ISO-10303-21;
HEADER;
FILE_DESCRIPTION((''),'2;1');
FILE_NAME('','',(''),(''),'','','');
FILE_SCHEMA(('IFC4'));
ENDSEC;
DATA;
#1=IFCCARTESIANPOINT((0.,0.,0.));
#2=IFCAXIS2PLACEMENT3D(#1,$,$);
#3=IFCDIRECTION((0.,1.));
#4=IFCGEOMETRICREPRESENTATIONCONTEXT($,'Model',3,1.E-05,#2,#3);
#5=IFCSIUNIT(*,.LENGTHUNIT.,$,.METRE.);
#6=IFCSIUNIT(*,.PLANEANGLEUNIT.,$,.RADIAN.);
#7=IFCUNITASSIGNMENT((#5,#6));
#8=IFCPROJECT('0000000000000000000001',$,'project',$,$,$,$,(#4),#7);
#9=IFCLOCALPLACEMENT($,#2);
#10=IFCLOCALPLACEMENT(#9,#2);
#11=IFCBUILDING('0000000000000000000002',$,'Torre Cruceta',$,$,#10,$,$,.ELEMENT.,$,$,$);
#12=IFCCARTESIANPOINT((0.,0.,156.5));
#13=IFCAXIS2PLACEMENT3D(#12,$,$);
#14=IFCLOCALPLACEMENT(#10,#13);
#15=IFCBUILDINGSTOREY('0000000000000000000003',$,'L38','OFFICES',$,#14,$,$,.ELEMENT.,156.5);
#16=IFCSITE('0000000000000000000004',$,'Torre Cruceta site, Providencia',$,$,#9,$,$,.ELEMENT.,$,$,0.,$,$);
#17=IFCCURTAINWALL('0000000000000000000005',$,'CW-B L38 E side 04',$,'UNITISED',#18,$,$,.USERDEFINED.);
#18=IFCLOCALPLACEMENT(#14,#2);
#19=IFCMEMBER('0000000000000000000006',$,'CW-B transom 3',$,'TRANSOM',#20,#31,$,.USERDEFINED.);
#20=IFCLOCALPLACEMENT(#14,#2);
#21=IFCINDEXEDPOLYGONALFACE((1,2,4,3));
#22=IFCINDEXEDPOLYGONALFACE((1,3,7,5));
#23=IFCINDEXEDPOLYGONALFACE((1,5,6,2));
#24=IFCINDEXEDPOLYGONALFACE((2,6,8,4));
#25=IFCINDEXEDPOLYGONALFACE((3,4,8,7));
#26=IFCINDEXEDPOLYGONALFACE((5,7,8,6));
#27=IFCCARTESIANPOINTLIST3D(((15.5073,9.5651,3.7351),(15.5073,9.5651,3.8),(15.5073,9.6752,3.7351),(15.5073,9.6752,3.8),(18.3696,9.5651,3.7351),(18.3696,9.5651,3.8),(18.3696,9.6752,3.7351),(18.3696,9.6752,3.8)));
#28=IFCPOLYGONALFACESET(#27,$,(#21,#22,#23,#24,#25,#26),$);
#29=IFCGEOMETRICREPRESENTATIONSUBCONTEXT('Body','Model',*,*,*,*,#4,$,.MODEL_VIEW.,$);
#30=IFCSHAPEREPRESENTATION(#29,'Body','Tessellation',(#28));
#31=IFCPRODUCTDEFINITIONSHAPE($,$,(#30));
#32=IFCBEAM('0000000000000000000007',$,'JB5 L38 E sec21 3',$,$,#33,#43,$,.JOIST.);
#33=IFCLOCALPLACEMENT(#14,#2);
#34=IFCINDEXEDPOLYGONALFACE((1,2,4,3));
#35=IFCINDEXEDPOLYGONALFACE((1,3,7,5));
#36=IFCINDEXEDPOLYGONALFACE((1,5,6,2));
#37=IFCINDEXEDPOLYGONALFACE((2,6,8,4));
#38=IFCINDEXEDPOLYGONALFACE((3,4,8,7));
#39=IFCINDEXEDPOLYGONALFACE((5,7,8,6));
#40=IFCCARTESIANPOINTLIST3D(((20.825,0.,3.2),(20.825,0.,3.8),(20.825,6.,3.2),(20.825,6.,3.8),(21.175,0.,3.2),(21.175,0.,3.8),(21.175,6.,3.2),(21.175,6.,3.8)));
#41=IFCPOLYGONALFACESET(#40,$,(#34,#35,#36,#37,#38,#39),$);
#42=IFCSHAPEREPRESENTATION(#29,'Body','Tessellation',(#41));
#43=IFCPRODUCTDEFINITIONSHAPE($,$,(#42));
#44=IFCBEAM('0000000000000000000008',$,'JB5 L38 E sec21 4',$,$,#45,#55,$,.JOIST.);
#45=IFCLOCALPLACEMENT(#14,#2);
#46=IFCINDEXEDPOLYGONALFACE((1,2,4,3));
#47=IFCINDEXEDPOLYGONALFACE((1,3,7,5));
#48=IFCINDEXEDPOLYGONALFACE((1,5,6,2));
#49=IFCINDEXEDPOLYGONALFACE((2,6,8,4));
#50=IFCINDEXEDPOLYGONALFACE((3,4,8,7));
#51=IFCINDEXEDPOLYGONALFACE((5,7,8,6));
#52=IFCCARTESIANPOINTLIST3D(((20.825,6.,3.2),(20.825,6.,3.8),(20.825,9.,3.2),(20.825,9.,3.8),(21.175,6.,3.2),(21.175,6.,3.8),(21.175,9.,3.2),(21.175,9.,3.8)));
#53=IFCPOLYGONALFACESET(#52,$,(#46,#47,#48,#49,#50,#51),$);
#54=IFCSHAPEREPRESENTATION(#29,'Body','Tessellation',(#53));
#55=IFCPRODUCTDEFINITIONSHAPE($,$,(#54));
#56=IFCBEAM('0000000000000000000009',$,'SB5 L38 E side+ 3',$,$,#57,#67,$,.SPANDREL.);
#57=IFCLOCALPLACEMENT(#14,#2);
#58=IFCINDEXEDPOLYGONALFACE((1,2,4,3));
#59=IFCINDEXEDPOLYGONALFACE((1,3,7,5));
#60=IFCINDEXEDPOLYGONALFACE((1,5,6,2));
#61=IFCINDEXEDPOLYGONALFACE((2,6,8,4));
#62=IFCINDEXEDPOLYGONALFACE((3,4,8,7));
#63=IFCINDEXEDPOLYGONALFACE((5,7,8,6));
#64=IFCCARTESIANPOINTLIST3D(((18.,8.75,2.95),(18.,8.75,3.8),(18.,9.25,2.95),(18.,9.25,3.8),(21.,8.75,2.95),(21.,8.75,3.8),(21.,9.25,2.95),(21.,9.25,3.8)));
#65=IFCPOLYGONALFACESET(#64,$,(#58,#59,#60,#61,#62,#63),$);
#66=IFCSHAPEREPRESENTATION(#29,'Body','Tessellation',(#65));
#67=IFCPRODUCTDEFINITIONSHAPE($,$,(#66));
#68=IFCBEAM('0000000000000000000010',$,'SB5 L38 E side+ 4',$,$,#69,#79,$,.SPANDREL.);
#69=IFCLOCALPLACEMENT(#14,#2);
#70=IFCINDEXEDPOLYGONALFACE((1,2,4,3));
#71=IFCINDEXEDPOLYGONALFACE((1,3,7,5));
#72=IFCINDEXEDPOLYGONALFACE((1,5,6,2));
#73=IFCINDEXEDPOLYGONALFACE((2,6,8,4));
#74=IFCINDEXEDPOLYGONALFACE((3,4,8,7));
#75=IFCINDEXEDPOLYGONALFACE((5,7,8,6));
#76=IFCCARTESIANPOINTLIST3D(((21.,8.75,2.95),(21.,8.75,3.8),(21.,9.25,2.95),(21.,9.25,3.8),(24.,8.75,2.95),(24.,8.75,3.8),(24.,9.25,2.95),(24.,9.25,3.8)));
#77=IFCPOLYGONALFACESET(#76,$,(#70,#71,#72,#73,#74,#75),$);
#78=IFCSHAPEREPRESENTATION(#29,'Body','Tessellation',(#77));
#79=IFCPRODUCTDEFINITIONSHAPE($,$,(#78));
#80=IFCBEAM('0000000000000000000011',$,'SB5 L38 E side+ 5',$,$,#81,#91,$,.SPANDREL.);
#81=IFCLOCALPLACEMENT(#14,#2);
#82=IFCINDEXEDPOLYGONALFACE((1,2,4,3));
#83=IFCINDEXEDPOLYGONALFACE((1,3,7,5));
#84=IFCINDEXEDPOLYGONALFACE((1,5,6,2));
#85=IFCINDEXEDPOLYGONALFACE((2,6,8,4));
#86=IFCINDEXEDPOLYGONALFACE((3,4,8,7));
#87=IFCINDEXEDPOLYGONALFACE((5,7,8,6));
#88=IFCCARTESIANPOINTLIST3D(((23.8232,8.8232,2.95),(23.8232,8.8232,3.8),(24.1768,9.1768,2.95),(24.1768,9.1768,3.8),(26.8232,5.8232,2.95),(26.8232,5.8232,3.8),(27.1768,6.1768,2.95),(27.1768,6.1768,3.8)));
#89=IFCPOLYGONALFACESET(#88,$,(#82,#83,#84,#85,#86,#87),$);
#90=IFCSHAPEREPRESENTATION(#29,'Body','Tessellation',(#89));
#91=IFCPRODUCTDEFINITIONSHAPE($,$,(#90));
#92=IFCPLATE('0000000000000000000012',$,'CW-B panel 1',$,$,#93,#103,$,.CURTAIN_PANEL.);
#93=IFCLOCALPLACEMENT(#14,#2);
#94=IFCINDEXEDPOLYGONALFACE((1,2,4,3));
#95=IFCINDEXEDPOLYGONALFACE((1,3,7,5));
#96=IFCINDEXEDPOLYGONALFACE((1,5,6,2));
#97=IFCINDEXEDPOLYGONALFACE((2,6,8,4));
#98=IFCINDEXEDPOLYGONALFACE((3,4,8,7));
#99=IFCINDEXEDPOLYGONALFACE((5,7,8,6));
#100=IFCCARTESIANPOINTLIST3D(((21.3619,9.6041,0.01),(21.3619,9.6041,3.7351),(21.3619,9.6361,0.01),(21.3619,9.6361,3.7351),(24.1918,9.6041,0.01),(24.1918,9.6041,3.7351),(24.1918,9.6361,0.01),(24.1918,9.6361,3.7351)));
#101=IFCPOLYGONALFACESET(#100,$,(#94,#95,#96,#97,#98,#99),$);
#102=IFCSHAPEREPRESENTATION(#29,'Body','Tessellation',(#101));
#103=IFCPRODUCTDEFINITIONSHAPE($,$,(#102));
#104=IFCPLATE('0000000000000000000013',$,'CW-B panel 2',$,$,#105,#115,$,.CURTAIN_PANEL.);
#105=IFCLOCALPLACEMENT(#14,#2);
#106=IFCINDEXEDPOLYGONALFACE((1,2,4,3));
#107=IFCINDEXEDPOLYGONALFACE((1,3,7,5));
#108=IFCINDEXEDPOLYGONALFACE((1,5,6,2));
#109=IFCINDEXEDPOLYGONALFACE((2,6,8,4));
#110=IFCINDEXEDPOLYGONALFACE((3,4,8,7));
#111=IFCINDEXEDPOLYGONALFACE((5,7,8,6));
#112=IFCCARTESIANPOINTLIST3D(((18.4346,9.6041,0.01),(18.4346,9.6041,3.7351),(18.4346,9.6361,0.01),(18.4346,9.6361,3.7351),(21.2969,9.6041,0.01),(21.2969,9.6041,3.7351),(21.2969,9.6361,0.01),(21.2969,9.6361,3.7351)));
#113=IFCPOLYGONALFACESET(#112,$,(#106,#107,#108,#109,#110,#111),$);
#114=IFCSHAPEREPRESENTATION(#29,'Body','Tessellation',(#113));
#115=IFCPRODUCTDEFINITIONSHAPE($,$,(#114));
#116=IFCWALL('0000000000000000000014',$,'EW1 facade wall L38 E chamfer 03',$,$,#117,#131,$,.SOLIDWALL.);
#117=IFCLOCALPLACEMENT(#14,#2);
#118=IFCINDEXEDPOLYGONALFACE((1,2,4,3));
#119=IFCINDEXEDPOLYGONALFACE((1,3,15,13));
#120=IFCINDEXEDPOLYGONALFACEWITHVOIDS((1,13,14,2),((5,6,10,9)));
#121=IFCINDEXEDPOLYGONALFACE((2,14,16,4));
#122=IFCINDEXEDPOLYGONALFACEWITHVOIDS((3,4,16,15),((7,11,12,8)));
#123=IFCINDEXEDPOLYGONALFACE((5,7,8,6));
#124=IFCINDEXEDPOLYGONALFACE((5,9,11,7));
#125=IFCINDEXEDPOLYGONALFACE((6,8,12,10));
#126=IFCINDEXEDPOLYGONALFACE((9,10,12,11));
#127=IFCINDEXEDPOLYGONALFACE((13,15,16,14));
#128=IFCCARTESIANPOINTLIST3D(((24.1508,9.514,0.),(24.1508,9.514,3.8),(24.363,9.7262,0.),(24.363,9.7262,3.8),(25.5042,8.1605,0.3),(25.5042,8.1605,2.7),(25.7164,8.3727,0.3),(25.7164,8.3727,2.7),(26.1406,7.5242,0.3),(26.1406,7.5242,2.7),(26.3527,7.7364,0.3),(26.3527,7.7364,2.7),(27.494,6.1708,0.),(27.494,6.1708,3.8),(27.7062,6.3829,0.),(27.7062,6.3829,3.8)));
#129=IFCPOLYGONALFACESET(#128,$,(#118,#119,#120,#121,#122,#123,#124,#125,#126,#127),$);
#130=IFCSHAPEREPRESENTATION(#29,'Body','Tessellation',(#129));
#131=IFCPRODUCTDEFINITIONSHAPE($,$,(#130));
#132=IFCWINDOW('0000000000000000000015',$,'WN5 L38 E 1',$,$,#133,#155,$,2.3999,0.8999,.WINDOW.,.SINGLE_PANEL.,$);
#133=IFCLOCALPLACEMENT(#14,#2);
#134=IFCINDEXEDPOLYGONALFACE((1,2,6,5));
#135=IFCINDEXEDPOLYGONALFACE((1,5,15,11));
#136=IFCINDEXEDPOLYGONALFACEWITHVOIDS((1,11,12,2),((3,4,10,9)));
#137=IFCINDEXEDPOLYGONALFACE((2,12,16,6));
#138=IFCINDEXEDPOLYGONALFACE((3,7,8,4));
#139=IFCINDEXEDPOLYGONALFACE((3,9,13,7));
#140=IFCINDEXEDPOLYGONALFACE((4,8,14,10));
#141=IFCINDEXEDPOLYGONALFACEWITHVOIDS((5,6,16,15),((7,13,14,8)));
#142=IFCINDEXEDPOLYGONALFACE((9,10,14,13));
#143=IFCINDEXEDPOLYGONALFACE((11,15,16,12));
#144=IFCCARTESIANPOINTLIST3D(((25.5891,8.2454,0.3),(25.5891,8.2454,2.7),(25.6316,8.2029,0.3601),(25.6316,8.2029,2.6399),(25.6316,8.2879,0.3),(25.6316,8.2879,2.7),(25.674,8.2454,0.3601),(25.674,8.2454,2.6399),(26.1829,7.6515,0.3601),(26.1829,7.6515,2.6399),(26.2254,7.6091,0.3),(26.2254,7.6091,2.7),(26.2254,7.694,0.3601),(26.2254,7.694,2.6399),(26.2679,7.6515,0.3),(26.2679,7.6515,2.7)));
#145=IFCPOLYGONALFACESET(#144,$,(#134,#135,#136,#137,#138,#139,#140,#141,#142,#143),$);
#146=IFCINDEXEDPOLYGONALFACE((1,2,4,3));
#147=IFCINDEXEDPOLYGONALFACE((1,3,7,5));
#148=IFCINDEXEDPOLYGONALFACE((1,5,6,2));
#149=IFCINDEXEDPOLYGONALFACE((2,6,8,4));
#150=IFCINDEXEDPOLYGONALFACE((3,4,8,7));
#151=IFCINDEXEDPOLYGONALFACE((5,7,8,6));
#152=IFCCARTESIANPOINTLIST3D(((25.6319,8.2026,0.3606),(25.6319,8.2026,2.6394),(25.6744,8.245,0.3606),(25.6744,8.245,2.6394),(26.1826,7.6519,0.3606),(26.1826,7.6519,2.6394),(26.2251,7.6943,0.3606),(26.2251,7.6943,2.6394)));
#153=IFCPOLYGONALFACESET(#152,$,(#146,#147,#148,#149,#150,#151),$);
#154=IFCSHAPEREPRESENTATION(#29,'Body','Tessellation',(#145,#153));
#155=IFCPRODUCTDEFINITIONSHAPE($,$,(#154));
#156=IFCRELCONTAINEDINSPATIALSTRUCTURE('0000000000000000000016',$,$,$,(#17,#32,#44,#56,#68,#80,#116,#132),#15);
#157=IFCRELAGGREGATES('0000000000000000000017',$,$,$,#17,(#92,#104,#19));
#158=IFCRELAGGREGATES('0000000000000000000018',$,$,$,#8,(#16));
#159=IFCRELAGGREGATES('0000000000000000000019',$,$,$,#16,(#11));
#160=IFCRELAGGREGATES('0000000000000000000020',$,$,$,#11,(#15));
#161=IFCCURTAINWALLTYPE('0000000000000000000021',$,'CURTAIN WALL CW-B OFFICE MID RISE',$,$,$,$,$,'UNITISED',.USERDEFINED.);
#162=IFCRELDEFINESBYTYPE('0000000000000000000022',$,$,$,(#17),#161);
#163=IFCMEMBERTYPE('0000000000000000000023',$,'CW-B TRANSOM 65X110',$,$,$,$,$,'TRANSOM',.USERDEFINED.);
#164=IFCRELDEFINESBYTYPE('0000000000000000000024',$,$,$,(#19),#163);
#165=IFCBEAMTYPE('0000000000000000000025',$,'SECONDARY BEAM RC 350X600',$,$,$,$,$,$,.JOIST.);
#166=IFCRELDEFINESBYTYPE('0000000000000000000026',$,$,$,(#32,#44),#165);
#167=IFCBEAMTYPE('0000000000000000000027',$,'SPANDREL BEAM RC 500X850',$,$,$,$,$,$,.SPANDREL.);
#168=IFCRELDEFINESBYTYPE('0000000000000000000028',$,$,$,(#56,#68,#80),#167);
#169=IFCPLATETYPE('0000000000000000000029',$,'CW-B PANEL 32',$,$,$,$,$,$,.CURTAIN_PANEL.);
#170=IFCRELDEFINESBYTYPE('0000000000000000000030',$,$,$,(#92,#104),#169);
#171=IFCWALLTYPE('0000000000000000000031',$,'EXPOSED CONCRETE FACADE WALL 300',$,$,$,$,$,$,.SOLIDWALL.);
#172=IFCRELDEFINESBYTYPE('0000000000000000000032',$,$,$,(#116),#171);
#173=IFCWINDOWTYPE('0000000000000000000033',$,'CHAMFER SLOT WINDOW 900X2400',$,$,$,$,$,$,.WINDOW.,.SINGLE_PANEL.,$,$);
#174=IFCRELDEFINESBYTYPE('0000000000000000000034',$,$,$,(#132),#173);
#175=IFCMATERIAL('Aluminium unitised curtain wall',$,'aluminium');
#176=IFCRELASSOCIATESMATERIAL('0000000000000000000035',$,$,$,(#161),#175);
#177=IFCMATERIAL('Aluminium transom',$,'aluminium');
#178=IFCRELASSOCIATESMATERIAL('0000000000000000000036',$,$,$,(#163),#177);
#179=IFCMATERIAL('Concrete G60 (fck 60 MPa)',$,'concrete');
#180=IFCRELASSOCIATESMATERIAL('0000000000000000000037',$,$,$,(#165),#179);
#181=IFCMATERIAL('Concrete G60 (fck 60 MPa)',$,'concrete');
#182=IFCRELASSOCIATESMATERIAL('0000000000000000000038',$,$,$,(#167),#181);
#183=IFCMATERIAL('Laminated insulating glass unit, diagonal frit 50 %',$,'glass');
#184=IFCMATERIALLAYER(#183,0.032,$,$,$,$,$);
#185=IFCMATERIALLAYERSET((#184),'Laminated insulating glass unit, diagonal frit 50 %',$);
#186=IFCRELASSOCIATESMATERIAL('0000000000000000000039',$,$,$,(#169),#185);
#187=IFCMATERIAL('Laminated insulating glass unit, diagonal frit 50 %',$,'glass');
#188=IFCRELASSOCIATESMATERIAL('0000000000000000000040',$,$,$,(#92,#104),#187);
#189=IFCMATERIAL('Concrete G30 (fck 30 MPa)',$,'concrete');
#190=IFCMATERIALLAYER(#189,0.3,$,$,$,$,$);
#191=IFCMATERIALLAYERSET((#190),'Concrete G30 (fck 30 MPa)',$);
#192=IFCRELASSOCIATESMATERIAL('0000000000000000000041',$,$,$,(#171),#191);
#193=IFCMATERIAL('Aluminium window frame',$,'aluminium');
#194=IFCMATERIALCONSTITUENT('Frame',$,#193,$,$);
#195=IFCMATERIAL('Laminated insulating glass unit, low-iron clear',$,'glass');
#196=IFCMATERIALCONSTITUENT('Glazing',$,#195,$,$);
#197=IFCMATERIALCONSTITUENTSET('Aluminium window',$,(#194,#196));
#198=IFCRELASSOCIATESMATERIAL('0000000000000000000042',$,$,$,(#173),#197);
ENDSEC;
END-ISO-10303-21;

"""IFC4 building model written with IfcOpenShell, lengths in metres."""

from ifc_helpers import new_model, si_unit, direction, frame, frame_2d, origin, origin_2d, place, context, subcontext, project, spatial, rectangle, hollow_rectangle, extrude, material, layer, layer_set, constituent, constituent_set, material_profile, profile_set, type_object, element, fill, aggregate, save


model = new_model("IFC4")

# Units and contexts
model_context = context("Model", 3, precision=1e-05, world=origin(), true_north=direction((0.0, 1.0)))
body_context = subcontext(model_context, "Body", "Model", "MODEL_VIEW")
ifc_project = project(units=[si_unit("LENGTHUNIT", "METRE"), si_unit("PLANEANGLEUNIT", "RADIAN")], contexts=[model_context])

# Site, building, storey
site_placement = place(None, origin())
site = spatial("IfcSite", under=ifc_project, at=site_placement, Name="Torre Cruceta site, Providencia", CompositionType="ELEMENT", RefElevation=0.0)
building_placement = place(site_placement, origin())
building = spatial("IfcBuilding", under=site, at=building_placement, Name="Torre Cruceta", CompositionType="ELEMENT")
storey_placement = place(building_placement, frame((0.0, 0.0, 156.5)))
storey = spatial("IfcBuildingStorey", under=building, at=storey_placement, Name="L38", Description="OFFICES", CompositionType="ELEMENT", Elevation=156.5)

# Curtain wall, member
ifc_material_1 = material(Name="Aluminium unitised curtain wall", Category="aluminium")
curtain_wall_type = type_object("IfcCurtainWallType", Name="CURTAIN WALL CW-B OFFICE MID RISE", ElementType="UNITISED", PredefinedType="USERDEFINED", material=ifc_material_1)
curtain_wall_placement = place(storey_placement, origin())
curtain_wall = element("IfcCurtainWall", 1, at=curtain_wall_placement, inside=storey, type_object=curtain_wall_type, Name="CW-B L38 E side 04", ObjectType="UNITISED", PredefinedType="USERDEFINED")
ifc_material_2 = material(Name="Aluminium transom", Category="aluminium")
ifc_material_profile_1 = material_profile(ifc_material_2, rectangle(XDim=0.1101, YDim=0.0649, at=origin_2d()), Name="AL 110X65")
ifc_profile_set_1 = profile_set([ifc_material_profile_1], Name="Aluminium transom")
member_type_1 = type_object("IfcMemberType", Name="CW-B TRANSOM 65X110", ElementType="TRANSOM", PredefinedType="USERDEFINED", material=ifc_profile_set_1)
member_1_placement = place(storey_placement, frame((18.3696, 9.6201, 3.7676), z_axis=(-1.0, 0.0, 0.0), x_axis=(0.0, -1.0, 0.0)))
member_1 = element("IfcMember", 2, at=member_1_placement, type_object=member_type_1, Name="CW-B transom 3", ObjectType="TRANSOM", PredefinedType="USERDEFINED", context=body_context, shape_type="SweptSolid", body=[
    extrude(rectangle(XDim=0.1101, YDim=0.0649, at=origin_2d()), origin(), (0.0, 0.0, 1.0), 2.8623),
])

# Beams
ifc_material_3 = material(Name="Concrete G60 (fck 60 MPa)", Category="concrete")
ifc_material_profile_2 = material_profile(ifc_material_3, rectangle(XDim=0.3501, YDim=0.6001, at=origin_2d()), Name="RC 350X600")
ifc_profile_set_2 = profile_set([ifc_material_profile_2], Name="Concrete G60 (fck 60 MPa)")
beam_type_1 = type_object("IfcBeamType", Name="SECONDARY BEAM RC 350X600", PredefinedType="JOIST", material=ifc_profile_set_2)
beam_1_placement = place(storey_placement, frame((21.0, 0.0, 3.5), z_axis=(0.0, 1.0, 0.0), x_axis=(-1.0, 0.0, 0.0)))
element("IfcBeam", 3, at=beam_1_placement, inside=storey, type_object=beam_type_1, Name="JB5 L38 E sec21 3", PredefinedType="JOIST", context=body_context, shape_type="SweptSolid", body=[
    extrude(rectangle(XDim=0.3501, YDim=0.6001, at=origin_2d()), origin(), (0.0, 0.0, 1.0), 6.0),
])
beam_2_placement = place(storey_placement, frame((21.0, 6.0, 3.5), z_axis=(0.0, 1.0, 0.0), x_axis=(-1.0, 0.0, 0.0)))
element("IfcBeam", 4, at=beam_2_placement, inside=storey, type_object=beam_type_1, Name="JB5 L38 E sec21 4", PredefinedType="JOIST", context=body_context, shape_type="SweptSolid", body=[
    extrude(rectangle(XDim=0.3501, YDim=0.6001, at=origin_2d()), origin(), (0.0, 0.0, 1.0), 3.0),
])
ifc_material_4 = material(Name="Concrete G60 (fck 60 MPa)", Category="concrete")
ifc_material_profile_3 = material_profile(ifc_material_4, rectangle(XDim=0.5, YDim=0.8501, at=origin_2d()), Name="RC 500X850")
ifc_profile_set_3 = profile_set([ifc_material_profile_3], Name="Concrete G60 (fck 60 MPa)")
beam_type_2 = type_object("IfcBeamType", Name="SPANDREL BEAM RC 500X850", PredefinedType="SPANDREL", material=ifc_profile_set_3)
for number, where, z_axis, x_axis, name in (
    (5, (18.0, 9.0, 3.375), (1.0, 0.0, 0.0), (0.0, 1.0, 0.0), "SB5 L38 E side+ 3"),
    (6, (21.0, 9.0, 3.375), (1.0, 0.0, 0.0), (0.0, 1.0, 0.0), "SB5 L38 E side+ 4"),
):
    element("IfcBeam", number, at=place(storey_placement, frame(where, z_axis=z_axis, x_axis=x_axis)), inside=storey, type_object=beam_type_2, Name=name, PredefinedType="SPANDREL", context=body_context, shape_type="SweptSolid", body=[
        extrude(rectangle(XDim=0.5, YDim=0.8501, at=origin_2d()), origin(), (0.0, 0.0, 1.0), 3.0),
    ])
beam_3_placement = place(storey_placement, frame((24.0, 9.0, 3.375), z_axis=(0.707107, -0.707107, 0.0), x_axis=(0.707107, 0.707107, 0.0)))
element("IfcBeam", 7, at=beam_3_placement, inside=storey, type_object=beam_type_2, Name="SB5 L38 E side+ 5", PredefinedType="SPANDREL", context=body_context, shape_type="SweptSolid", body=[
    extrude(rectangle(XDim=0.5, YDim=0.8501, at=origin_2d()), origin(), (0.0, 0.0, 1.0), 4.2427),
])

# Plates
ifc_material_5 = material(Name="Laminated insulating glass unit, diagonal frit 50 %", Category="glass")
ifc_material_6 = material(Name="Laminated insulating glass unit, diagonal frit 50 %", Category="glass")
ifc_layer_1 = layer(ifc_material_6, 0.032)
ifc_layer_set_1 = layer_set([ifc_layer_1], Name="Laminated insulating glass unit, diagonal frit 50 %")
plate_type = type_object("IfcPlateType", Name="CW-B PANEL 32", PredefinedType="CURTAIN_PANEL", material=ifc_layer_set_1)
plate_1_placement = place(storey_placement, frame((22.7769, 9.6201, 0.01), z_axis=(0.0, 0.0, 1.0), x_axis=(-1.0, 0.0, 0.0)))
plate_1 = element("IfcPlate", 8, at=plate_1_placement, type_object=plate_type, material=ifc_material_5, Name="CW-B panel 1", PredefinedType="CURTAIN_PANEL", context=body_context, shape_type="SweptSolid", body=[
    extrude(rectangle(XDim=2.8298, YDim=0.032, at=origin_2d()), origin(), (0.0, 0.0, 1.0), 3.7251),
])
plate_2_placement = place(storey_placement, frame((19.8657, 9.6201, 0.01), z_axis=(0.0, 0.0, 1.0), x_axis=(-1.0, 0.0, 0.0)))
plate_2 = element("IfcPlate", 9, at=plate_2_placement, type_object=plate_type, material=ifc_material_5, Name="CW-B panel 2", PredefinedType="CURTAIN_PANEL", context=body_context, shape_type="SweptSolid", body=[
    extrude(rectangle(XDim=2.8623, YDim=0.032, at=origin_2d()), origin(), (0.0, 0.0, 1.0), 3.7251),
])
aggregate(curtain_wall, [plate_1, plate_2, member_1])

# Wall, opening, window
ifc_material_7 = material(Name="Concrete G30 (fck 30 MPa)", Category="concrete")
ifc_layer_2 = layer(ifc_material_7, 0.3)
ifc_layer_set_2 = layer_set([ifc_layer_2], Name="Concrete G30 (fck 30 MPa)")
wall_type_1 = type_object("IfcWallType", Name="EXPOSED CONCRETE FACADE WALL 300", PredefinedType="SOLIDWALL", material=ifc_layer_set_2)
wall_1_placement = place(storey_placement, frame((27.6001, 6.2769, 0.0), z_axis=(0.0, 0.0, 1.0), x_axis=(-0.707107, 0.707107, 0.0)))
wall_1 = element("IfcWall", 10, at=wall_1_placement, inside=storey, type_object=wall_type_1, Name="EW1 facade wall L38 E chamfer 03", PredefinedType="SOLIDWALL", context=body_context, shape_type="SweptSolid", body=[
    extrude(rectangle(XDim=4.728, YDim=0.3, at=frame_2d((2.364, 0.0))), origin(), (0.0, 0.0, 1.0), 3.8),
])
opening_1_placement = place(wall_1_placement, frame((1.9141, 0.0, 0.3)))
opening_1 = element("IfcOpeningElement", 11, at=opening_1_placement, cuts=wall_1, PredefinedType="OPENING", context=body_context, shape_type="SweptSolid", body=[
    extrude(rectangle(XDim=0.8999, YDim=2.3999, at=frame_2d((0.45, 1.2))), frame((0.0, 0.1599, 0.0), z_axis=(0.0, -1.0, 0.0), x_axis=(1.0, 0.0, 0.0)), (0.0, 0.0, 1.0), 0.3201),
])
ifc_material_8 = material(Name="Aluminium window frame", Category="aluminium")
ifc_constituent_1 = constituent(ifc_material_8, Name="Frame")
ifc_material_9 = material(Name="Laminated insulating glass unit, low-iron clear", Category="glass")
ifc_constituent_2 = constituent(ifc_material_9, Name="Glazing")
ifc_constituent_set_1 = constituent_set(constituents=[ifc_constituent_1, ifc_constituent_2], Name="Aluminium window")
window_type = type_object("IfcWindowType", Name="CHAMFER SLOT WINDOW 900X2400", PartitioningType="SINGLE_PANEL", PredefinedType="WINDOW", material=ifc_constituent_set_1)
window_placement = place(opening_1_placement, origin())
window = element("IfcWindow", 12, at=window_placement, inside=storey, type_object=window_type, Name="WN5 L38 E 1", OverallHeight=2.3999, OverallWidth=0.8999, PartitioningType="SINGLE_PANEL", PredefinedType="WINDOW", context=body_context, shape_type="SweptSolid", body=[
    extrude(hollow_rectangle(XDim=0.8999, YDim=2.3999, WallThickness=0.0601, at=frame_2d((0.45, 1.2))), frame((0.0, 0.03, 0.0), z_axis=(0.0, -1.0, 0.0), x_axis=(1.0, 0.0, 0.0)), (0.0, 0.0, 1.0), 0.0601),
    extrude(rectangle(XDim=0.7788, YDim=2.2788, at=frame_2d((0.45, 1.2))), frame((0.0, 0.03, 0.0), z_axis=(0.0, -1.0, 0.0), x_axis=(1.0, 0.0, 0.0)), (0.0, 0.0, 1.0), 0.0601),
])
fill(opening_1, window)

save(model, "model.ifc")
